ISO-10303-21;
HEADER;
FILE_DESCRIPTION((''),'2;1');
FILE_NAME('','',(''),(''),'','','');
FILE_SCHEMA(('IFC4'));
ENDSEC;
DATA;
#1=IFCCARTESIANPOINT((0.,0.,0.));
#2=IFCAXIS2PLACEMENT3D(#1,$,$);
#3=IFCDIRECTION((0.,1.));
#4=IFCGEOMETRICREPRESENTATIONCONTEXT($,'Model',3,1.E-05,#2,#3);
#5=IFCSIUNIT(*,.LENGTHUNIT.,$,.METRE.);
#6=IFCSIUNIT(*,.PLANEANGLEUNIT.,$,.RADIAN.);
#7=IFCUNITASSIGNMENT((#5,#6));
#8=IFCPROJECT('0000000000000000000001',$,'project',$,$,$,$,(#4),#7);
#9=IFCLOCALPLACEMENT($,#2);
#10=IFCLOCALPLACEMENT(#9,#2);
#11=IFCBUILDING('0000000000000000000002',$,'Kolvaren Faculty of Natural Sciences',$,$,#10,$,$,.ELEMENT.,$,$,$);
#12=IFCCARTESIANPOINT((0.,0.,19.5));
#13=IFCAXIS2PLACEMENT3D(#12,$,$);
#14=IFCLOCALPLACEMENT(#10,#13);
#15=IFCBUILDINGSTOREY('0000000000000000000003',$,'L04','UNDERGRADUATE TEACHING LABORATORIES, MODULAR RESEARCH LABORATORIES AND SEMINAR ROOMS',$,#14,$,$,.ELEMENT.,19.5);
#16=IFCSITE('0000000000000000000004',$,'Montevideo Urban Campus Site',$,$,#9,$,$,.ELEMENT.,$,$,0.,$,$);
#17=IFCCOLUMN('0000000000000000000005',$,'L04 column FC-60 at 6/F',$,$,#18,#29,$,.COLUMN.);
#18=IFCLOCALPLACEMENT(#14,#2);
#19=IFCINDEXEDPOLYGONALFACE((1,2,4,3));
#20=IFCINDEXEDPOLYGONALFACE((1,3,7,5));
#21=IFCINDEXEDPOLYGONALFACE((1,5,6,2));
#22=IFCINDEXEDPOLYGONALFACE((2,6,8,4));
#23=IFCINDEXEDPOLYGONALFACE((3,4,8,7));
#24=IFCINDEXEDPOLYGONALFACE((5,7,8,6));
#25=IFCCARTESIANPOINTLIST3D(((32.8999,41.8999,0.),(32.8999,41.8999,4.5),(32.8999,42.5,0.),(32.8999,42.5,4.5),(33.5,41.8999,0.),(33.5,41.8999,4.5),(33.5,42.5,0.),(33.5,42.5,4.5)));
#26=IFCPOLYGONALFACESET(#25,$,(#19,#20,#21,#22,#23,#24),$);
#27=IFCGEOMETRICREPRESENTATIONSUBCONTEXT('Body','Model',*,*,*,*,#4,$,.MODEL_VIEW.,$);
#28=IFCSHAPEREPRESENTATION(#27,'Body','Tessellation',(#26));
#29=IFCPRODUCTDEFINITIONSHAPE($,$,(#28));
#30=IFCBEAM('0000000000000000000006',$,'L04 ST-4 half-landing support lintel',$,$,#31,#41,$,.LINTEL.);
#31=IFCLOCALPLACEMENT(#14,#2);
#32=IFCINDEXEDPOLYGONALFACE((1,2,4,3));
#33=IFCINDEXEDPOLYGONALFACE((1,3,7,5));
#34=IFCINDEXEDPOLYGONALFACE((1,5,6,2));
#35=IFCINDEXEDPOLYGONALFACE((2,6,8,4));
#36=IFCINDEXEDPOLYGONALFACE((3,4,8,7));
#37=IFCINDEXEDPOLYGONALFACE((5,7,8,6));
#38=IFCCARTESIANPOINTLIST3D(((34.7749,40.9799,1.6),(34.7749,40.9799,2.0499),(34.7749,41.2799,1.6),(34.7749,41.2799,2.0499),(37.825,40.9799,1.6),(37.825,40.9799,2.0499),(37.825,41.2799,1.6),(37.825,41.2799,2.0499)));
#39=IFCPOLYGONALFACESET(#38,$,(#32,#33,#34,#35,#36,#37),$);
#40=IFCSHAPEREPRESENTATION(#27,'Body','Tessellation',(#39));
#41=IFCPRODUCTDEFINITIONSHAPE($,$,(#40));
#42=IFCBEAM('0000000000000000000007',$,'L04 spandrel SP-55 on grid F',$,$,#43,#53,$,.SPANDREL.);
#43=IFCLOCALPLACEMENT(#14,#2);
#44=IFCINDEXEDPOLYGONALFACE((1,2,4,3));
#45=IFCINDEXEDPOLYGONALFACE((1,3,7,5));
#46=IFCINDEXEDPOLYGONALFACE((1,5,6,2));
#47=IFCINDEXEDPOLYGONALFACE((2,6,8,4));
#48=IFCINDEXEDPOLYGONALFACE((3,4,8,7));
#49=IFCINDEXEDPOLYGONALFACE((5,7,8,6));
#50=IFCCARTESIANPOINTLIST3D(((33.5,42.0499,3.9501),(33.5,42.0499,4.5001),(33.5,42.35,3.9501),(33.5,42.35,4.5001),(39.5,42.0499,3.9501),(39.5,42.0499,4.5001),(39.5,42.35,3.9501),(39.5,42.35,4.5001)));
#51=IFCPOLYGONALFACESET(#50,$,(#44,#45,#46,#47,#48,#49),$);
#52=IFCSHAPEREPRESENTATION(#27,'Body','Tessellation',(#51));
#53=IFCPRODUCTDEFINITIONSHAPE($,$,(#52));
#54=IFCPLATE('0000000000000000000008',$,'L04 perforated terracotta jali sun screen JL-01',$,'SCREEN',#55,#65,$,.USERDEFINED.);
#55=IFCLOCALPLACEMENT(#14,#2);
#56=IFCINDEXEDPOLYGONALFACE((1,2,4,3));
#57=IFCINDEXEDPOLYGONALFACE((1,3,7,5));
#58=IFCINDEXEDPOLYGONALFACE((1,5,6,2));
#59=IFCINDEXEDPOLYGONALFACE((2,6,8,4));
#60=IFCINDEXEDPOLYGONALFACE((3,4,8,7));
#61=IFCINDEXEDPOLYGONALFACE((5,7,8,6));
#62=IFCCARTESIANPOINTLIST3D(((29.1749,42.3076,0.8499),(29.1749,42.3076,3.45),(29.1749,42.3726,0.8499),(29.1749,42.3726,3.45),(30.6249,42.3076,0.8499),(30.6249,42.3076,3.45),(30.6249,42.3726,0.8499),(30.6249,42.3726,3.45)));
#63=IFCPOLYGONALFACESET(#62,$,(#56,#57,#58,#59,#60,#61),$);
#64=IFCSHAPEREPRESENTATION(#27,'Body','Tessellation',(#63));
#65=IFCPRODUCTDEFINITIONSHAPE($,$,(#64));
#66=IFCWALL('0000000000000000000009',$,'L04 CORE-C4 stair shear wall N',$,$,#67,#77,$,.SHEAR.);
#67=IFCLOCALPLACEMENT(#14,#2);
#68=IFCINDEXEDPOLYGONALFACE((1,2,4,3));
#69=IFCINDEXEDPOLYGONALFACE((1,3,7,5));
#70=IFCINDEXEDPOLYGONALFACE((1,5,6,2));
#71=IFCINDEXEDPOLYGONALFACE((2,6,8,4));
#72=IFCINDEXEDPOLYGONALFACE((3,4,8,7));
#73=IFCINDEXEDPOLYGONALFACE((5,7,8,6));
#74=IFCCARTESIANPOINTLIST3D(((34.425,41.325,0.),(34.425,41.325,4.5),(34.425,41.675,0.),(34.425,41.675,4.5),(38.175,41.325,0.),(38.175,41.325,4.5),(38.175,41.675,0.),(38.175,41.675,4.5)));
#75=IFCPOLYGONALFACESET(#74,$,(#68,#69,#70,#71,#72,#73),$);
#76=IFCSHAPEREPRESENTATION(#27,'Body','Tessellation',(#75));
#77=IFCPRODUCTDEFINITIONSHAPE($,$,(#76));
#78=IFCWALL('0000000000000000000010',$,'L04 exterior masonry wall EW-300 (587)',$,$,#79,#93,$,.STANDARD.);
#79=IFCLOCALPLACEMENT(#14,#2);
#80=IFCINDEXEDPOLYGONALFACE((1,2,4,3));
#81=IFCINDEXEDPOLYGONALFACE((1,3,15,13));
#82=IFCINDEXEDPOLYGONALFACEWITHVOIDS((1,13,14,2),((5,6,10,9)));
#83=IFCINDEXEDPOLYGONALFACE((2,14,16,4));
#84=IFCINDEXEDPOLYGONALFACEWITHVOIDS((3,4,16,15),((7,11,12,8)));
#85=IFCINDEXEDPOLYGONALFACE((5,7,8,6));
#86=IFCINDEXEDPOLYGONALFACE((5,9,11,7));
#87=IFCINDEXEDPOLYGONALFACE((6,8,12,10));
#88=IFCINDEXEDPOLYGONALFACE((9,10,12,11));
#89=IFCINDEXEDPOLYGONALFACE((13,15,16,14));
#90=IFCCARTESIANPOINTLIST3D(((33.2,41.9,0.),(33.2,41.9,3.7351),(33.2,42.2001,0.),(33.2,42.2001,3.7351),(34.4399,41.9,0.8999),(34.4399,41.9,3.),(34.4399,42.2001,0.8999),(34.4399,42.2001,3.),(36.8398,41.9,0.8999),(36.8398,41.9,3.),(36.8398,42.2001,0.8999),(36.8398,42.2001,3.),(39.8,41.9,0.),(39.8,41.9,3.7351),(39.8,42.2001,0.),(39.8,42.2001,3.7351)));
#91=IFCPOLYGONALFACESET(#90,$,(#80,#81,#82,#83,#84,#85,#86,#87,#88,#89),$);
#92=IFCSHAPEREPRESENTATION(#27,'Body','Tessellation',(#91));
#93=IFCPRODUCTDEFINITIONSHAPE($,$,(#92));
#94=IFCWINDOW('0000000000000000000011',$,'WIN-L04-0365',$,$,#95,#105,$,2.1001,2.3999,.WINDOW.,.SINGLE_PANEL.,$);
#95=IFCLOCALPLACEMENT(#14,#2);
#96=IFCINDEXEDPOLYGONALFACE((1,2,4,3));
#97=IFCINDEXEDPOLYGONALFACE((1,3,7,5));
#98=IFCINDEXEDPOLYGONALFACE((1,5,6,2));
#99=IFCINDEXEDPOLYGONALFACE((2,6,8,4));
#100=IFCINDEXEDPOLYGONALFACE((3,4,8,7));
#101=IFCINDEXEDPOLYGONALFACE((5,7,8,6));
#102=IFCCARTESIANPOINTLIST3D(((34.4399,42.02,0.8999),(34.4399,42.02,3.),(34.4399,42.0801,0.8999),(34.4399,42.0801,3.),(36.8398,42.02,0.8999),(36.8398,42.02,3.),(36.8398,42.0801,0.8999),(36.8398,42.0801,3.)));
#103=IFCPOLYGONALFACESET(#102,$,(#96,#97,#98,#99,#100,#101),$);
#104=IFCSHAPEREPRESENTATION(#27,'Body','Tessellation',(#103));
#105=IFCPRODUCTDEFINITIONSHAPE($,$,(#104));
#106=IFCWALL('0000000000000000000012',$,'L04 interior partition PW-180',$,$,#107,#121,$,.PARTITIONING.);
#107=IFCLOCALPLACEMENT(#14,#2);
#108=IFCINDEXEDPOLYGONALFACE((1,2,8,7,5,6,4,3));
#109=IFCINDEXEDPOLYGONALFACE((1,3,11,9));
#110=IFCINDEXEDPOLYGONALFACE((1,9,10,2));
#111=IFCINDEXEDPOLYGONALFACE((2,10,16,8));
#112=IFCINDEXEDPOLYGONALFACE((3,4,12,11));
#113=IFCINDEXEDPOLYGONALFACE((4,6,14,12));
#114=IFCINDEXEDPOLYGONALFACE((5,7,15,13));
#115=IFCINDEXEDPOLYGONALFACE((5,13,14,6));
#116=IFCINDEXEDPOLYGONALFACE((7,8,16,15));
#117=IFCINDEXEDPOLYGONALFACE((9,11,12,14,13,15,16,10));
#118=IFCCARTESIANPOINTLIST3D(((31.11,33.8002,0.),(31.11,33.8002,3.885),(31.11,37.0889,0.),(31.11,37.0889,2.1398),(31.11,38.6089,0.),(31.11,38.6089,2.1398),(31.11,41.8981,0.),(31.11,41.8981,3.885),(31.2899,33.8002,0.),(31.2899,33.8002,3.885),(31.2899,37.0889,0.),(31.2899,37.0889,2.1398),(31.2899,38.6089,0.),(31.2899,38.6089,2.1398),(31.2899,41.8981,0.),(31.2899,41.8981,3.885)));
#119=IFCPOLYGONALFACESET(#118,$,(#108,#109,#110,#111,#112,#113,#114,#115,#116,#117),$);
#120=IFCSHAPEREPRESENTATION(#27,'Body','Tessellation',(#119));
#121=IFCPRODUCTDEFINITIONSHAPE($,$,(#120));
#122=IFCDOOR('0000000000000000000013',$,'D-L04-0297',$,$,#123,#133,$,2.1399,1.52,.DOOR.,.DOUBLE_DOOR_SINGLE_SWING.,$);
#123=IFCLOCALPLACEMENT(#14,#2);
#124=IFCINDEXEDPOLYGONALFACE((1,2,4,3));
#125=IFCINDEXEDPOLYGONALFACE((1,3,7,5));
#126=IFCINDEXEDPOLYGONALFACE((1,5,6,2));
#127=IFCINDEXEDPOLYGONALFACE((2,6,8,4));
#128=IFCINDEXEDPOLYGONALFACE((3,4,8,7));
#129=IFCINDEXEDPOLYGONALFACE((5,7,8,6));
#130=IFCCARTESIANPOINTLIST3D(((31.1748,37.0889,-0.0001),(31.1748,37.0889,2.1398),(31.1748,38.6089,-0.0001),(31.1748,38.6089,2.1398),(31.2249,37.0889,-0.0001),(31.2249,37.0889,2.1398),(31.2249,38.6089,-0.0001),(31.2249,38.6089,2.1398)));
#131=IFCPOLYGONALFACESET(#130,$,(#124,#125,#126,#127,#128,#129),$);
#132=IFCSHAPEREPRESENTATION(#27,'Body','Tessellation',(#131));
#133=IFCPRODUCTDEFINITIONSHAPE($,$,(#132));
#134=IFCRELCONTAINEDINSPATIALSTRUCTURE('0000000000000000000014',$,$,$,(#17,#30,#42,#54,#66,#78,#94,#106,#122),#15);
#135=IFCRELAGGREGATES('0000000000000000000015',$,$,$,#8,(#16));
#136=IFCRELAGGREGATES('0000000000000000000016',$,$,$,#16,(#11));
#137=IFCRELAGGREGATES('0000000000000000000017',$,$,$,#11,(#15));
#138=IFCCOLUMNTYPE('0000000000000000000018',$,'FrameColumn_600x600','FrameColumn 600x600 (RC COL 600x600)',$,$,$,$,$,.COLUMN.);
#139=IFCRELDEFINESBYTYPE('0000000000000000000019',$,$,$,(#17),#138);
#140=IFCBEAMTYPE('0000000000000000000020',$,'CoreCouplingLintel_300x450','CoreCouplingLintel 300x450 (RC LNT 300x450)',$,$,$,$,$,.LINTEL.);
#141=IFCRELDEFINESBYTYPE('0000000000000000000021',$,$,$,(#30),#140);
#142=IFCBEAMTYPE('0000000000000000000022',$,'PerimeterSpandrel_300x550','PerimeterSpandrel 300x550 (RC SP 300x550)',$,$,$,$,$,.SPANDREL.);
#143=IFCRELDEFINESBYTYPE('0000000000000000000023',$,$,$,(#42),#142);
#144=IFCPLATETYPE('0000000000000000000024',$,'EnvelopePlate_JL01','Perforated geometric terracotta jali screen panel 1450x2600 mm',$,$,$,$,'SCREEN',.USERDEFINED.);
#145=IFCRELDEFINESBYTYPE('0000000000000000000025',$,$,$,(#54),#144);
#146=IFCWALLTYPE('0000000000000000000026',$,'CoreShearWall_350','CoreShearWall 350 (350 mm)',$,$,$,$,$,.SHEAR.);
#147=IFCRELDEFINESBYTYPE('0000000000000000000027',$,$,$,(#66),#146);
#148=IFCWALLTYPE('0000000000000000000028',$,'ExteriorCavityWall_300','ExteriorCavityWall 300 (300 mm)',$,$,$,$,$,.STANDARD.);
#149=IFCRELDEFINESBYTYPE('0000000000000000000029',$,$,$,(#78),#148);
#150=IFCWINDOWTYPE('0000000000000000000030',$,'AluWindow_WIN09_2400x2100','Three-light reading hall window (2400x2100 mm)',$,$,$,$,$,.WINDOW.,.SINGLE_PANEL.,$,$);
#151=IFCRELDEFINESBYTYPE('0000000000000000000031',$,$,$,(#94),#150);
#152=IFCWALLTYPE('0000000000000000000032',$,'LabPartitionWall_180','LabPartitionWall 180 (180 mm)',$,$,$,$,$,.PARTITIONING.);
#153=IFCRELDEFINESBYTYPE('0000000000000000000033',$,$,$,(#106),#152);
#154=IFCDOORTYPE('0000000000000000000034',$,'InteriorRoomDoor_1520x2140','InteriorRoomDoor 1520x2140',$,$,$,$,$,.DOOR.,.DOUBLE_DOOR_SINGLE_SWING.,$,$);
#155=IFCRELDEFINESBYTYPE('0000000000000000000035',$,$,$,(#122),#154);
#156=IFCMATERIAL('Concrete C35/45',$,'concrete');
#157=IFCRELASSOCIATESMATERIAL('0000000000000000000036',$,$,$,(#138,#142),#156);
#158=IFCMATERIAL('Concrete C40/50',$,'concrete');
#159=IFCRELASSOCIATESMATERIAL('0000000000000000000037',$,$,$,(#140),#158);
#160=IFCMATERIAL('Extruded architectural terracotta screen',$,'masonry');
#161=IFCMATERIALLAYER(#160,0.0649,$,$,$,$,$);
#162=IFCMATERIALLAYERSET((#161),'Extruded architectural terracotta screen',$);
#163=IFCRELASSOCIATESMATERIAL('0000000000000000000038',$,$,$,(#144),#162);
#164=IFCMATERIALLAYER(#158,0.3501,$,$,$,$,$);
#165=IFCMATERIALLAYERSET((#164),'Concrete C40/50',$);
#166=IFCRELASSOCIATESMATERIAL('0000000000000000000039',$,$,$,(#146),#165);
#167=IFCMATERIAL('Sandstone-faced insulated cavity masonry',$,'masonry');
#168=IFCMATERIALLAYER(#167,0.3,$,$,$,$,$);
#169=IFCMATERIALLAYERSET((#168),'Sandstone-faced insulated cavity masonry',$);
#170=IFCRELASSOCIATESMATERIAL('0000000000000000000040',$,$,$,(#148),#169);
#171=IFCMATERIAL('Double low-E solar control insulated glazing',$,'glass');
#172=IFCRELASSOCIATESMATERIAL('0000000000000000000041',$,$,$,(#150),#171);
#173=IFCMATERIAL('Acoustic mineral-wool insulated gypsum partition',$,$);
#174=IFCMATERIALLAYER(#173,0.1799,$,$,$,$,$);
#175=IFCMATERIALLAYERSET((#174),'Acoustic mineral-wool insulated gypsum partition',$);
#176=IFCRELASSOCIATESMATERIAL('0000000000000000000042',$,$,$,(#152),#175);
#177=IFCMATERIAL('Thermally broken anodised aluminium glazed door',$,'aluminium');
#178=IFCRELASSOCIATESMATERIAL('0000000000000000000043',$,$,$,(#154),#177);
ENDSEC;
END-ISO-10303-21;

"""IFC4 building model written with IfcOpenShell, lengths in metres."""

from ifc_helpers import new_model, si_unit, direction, frame, frame_2d, origin, origin_2d, place, context, subcontext, project, spatial, rectangle, extrude, material, layer, layer_set, material_profile, profile_set, type_object, element, fill, save


model = new_model("IFC4")

# Units and contexts
model_context = context("Model", 3, precision=1e-05, world=origin(), true_north=direction((0.0, 1.0)))
body_context = subcontext(model_context, "Body", "Model", "MODEL_VIEW")
ifc_project = project(units=[si_unit("LENGTHUNIT", "METRE"), si_unit("PLANEANGLEUNIT", "RADIAN")], contexts=[model_context])

# Site, building, storey
site_placement = place(None, origin())
site = spatial("IfcSite", under=ifc_project, at=site_placement, Name="Montevideo Urban Campus Site", CompositionType="ELEMENT", RefElevation=0.0)
building_placement = place(site_placement, origin())
building = spatial("IfcBuilding", under=site, at=building_placement, Name="Kolvaren Faculty of Natural Sciences", CompositionType="ELEMENT")
storey_placement = place(building_placement, frame((0.0, 0.0, 19.5)))
storey = spatial("IfcBuildingStorey", under=building, at=storey_placement, Name="L04", Description="UNDERGRADUATE TEACHING LABORATORIES, MODULAR RESEARCH LABORATORIES AND SEMINAR ROOMS", CompositionType="ELEMENT", Elevation=19.5)

# Column
ifc_material_1 = material(Name="Concrete C35/45", Category="concrete")
ifc_material_profile_1 = material_profile(ifc_material_1, rectangle(XDim=0.6001, YDim=0.6001, at=origin_2d()), Name="RC COL 600x600")
ifc_profile_set_1 = profile_set([ifc_material_profile_1], Name="Concrete C35/45")
column_type = type_object("IfcColumnType", Name="FrameColumn_600x600", Description="FrameColumn 600x600 (RC COL 600x600)", PredefinedType="COLUMN", material=ifc_profile_set_1)
column_placement = place(storey_placement, frame((33.2, 42.2, 0.0), z_axis=(0.0, 0.0, 1.0), x_axis=(1.0, 0.0, 0.0)))
element("IfcColumn", 1, at=column_placement, inside=storey, type_object=column_type, Name="L04 column FC-60 at 6/F", PredefinedType="COLUMN", context=body_context, shape_type="SweptSolid", body=[
    extrude(rectangle(XDim=0.6001, YDim=0.6001, at=origin_2d()), origin(), (0.0, 0.0, 1.0), 4.5),
])

# Beams
ifc_material_2 = material(Name="Concrete C40/50", Category="concrete")
ifc_material_profile_2 = material_profile(ifc_material_2, rectangle(XDim=0.3, YDim=0.45, at=origin_2d()), Name="RC LNT 300x450")
ifc_profile_set_2 = profile_set([ifc_material_profile_2], Name="Concrete C40/50")
beam_type_1 = type_object("IfcBeamType", Name="CoreCouplingLintel_300x450", Description="CoreCouplingLintel 300x450 (RC LNT 300x450)", PredefinedType="LINTEL", material=ifc_profile_set_2)
beam_1_placement = place(storey_placement, frame((34.7749, 41.1299, 1.825), z_axis=(1.0, 0.0, 0.0), x_axis=(0.0, 1.0, 0.0)))
element("IfcBeam", 2, at=beam_1_placement, inside=storey, type_object=beam_type_1, Name="L04 ST-4 half-landing support lintel", PredefinedType="LINTEL", context=body_context, shape_type="SweptSolid", body=[
    extrude(rectangle(XDim=0.3, YDim=0.45, at=origin_2d()), origin(), (0.0, 0.0, 1.0), 3.05),
])
ifc_material_profile_3 = material_profile(ifc_material_1, rectangle(XDim=0.3, YDim=0.55, at=origin_2d()), Name="RC SP 300x550")
ifc_profile_set_3 = profile_set([ifc_material_profile_3], Name="Concrete C35/45")
beam_type_2 = type_object("IfcBeamType", Name="PerimeterSpandrel_300x550", Description="PerimeterSpandrel 300x550 (RC SP 300x550)", PredefinedType="SPANDREL", material=ifc_profile_set_3)
beam_2_placement = place(storey_placement, frame((33.5, 42.2, 4.2251), z_axis=(1.0, 0.0, 0.0), x_axis=(0.0, 1.0, 0.0)))
element("IfcBeam", 3, at=beam_2_placement, inside=storey, type_object=beam_type_2, Name="L04 spandrel SP-55 on grid F", PredefinedType="SPANDREL", context=body_context, shape_type="SweptSolid", body=[
    extrude(rectangle(XDim=0.3, YDim=0.55, at=origin_2d()), origin(), (0.0, 0.0, 1.0), 6.0),
])

# Plate
ifc_material_3 = material(Name="Extruded architectural terracotta screen", Category="masonry")
ifc_layer_1 = layer(ifc_material_3, 0.0649)
ifc_layer_set_1 = layer_set([ifc_layer_1], Name="Extruded architectural terracotta screen")
plate_type = type_object("IfcPlateType", Name="EnvelopePlate_JL01", Description="Perforated geometric terracotta jali screen panel 1450x2600 mm", ElementType="SCREEN", PredefinedType="USERDEFINED", material=ifc_layer_set_1)
plate_placement = place(storey_placement, frame((29.8999, 42.3401, 0.8499), z_axis=(0.0, 0.0, 1.0), x_axis=(1.0, 0.0, 0.0)))
element("IfcPlate", 4, at=plate_placement, inside=storey, type_object=plate_type, Name="L04 perforated terracotta jali sun screen JL-01", ObjectType="SCREEN", PredefinedType="USERDEFINED", context=body_context, shape_type="SweptSolid", body=[
    extrude(rectangle(XDim=1.45, YDim=0.0649, at=origin_2d()), origin(), (0.0, 0.0, 1.0), 2.6001),
])

# Wall
ifc_layer_2 = layer(ifc_material_2, 0.3501)
ifc_layer_set_2 = layer_set([ifc_layer_2], Name="Concrete C40/50")
wall_type_1 = type_object("IfcWallType", Name="CoreShearWall_350", Description="CoreShearWall 350 (350 mm)", PredefinedType="SHEAR", material=ifc_layer_set_2)
wall_1_placement = place(storey_placement, frame((34.425, 41.5, 0.0), z_axis=(0.0, 0.0, 1.0), x_axis=(1.0, 0.0, 0.0)))
element("IfcWall", 5, at=wall_1_placement, inside=storey, type_object=wall_type_1, Name="L04 CORE-C4 stair shear wall N", PredefinedType="SHEAR", context=body_context, shape_type="SweptSolid", body=[
    extrude(rectangle(XDim=3.75, YDim=0.3501, at=frame_2d((1.875, 0.0))), origin(), (0.0, 0.0, 1.0), 4.5),
])

# Wall, opening, window
ifc_material_4 = material(Name="Sandstone-faced insulated cavity masonry", Category="masonry")
ifc_layer_3 = layer(ifc_material_4, 0.3)
ifc_layer_set_3 = layer_set([ifc_layer_3], Name="Sandstone-faced insulated cavity masonry")
wall_type_2 = type_object("IfcWallType", Name="ExteriorCavityWall_300", Description="ExteriorCavityWall 300 (300 mm)", PredefinedType="STANDARD", material=ifc_layer_set_3)
wall_2_placement = place(storey_placement, frame((33.2, 42.05, 0.0), z_axis=(0.0, 0.0, 1.0), x_axis=(1.0, 0.0, 0.0)))
wall_2 = element("IfcWall", 6, at=wall_2_placement, inside=storey, type_object=wall_type_2, Name="L04 exterior masonry wall EW-300 (587)", PredefinedType="STANDARD", context=body_context, shape_type="SweptSolid", body=[
    extrude(rectangle(XDim=6.6001, YDim=0.3, at=frame_2d((3.3, 0.0))), origin(), (0.0, 0.0, 1.0), 3.7351),
])
opening_1_placement = place(wall_2_placement, frame((1.24, 0.0, 0.8999)))
opening_1 = element("IfcOpeningElement", 7, at=opening_1_placement, cuts=wall_2, PredefinedType="OPENING", context=body_context, shape_type="SweptSolid", body=[
    extrude(rectangle(XDim=2.3999, YDim=2.1001, at=frame_2d((1.2, 1.05))), frame((0.0, 0.1599, 0.0), z_axis=(0.0, -1.0, 0.0), x_axis=(1.0, 0.0, 0.0)), (0.0, 0.0, 1.0), 0.3201),
])
ifc_material_5 = material(Name="Double low-E solar control insulated glazing", Category="glass")
window_type = type_object("IfcWindowType", Name="AluWindow_WIN09_2400x2100", Description="Three-light reading hall window (2400x2100 mm)", PartitioningType="SINGLE_PANEL", PredefinedType="WINDOW", material=ifc_material_5)
window_placement = place(opening_1_placement, origin())
window = element("IfcWindow", 8, at=window_placement, inside=storey, type_object=window_type, Name="WIN-L04-0365", OverallHeight=2.1001, OverallWidth=2.3999, PartitioningType="SINGLE_PANEL", PredefinedType="WINDOW", context=body_context, shape_type="SweptSolid", body=[
    extrude(rectangle(XDim=2.3999, YDim=2.1001, at=frame_2d((1.2, 1.05))), frame((0.0, 0.03, 0.0), z_axis=(0.0, -1.0, 0.0), x_axis=(1.0, 0.0, 0.0)), (0.0, 0.0, 1.0), 0.0601),
])
fill(opening_1, window)

# Wall, opening, door
ifc_material_6 = material(Name="Acoustic mineral-wool insulated gypsum partition")
ifc_layer_4 = layer(ifc_material_6, 0.1799)
ifc_layer_set_4 = layer_set([ifc_layer_4], Name="Acoustic mineral-wool insulated gypsum partition")
wall_type_3 = type_object("IfcWallType", Name="LabPartitionWall_180", Description="LabPartitionWall 180 (180 mm)", PredefinedType="PARTITIONING", material=ifc_layer_set_4)
wall_3_placement = place(storey_placement, frame((31.2, 41.8979, 0.0), z_axis=(0.0, 0.0, 1.0), x_axis=(0.0, -1.0, 0.0)))
wall_3 = element("IfcWall", 9, at=wall_3_placement, inside=storey, type_object=wall_type_3, Name="L04 interior partition PW-180", PredefinedType="PARTITIONING", context=body_context, shape_type="SweptSolid", body=[
    extrude(rectangle(XDim=8.0979, YDim=0.1799, at=frame_2d((4.0488, 0.0))), origin(), (0.0, 0.0, 1.0), 3.885),
])
opening_2_placement = place(wall_3_placement, frame((3.2891, 0.0, 0.0)))
opening_2 = element("IfcOpeningElement", 10, at=opening_2_placement, cuts=wall_3, PredefinedType="OPENING", context=body_context, shape_type="SweptSolid", body=[
    extrude(rectangle(XDim=1.52, YDim=2.1399, at=frame_2d((0.76, 1.0698))), frame((0.0, 0.0999, 0.0), z_axis=(0.0, -1.0, 0.0), x_axis=(1.0, 0.0, 0.0)), (0.0, 0.0, 1.0), 0.2),
])
ifc_material_7 = material(Name="Thermally broken anodised aluminium glazed door", Category="aluminium")
door_type = type_object("IfcDoorType", Name="InteriorRoomDoor_1520x2140", Description="InteriorRoomDoor 1520x2140", OperationType="DOUBLE_DOOR_SINGLE_SWING", PredefinedType="DOOR", material=ifc_material_7)
door_placement = place(opening_2_placement, origin())
door = element("IfcDoor", 11, at=door_placement, inside=storey, type_object=door_type, Name="D-L04-0297", OperationType="DOUBLE_DOOR_SINGLE_SWING", OverallHeight=2.1399, OverallWidth=1.52, PredefinedType="DOOR", context=body_context, shape_type="SweptSolid", body=[
    extrude(rectangle(XDim=1.52, YDim=2.1399, at=frame_2d((0.76, 1.0698))), frame((0.0, 0.0249, 0.0), z_axis=(0.0, -1.0, 0.0), x_axis=(1.0, 0.0, 0.0)), (0.0, 0.0, 1.0), 0.05),
])
fill(opening_2, door)

save(model, "model.ifc")
